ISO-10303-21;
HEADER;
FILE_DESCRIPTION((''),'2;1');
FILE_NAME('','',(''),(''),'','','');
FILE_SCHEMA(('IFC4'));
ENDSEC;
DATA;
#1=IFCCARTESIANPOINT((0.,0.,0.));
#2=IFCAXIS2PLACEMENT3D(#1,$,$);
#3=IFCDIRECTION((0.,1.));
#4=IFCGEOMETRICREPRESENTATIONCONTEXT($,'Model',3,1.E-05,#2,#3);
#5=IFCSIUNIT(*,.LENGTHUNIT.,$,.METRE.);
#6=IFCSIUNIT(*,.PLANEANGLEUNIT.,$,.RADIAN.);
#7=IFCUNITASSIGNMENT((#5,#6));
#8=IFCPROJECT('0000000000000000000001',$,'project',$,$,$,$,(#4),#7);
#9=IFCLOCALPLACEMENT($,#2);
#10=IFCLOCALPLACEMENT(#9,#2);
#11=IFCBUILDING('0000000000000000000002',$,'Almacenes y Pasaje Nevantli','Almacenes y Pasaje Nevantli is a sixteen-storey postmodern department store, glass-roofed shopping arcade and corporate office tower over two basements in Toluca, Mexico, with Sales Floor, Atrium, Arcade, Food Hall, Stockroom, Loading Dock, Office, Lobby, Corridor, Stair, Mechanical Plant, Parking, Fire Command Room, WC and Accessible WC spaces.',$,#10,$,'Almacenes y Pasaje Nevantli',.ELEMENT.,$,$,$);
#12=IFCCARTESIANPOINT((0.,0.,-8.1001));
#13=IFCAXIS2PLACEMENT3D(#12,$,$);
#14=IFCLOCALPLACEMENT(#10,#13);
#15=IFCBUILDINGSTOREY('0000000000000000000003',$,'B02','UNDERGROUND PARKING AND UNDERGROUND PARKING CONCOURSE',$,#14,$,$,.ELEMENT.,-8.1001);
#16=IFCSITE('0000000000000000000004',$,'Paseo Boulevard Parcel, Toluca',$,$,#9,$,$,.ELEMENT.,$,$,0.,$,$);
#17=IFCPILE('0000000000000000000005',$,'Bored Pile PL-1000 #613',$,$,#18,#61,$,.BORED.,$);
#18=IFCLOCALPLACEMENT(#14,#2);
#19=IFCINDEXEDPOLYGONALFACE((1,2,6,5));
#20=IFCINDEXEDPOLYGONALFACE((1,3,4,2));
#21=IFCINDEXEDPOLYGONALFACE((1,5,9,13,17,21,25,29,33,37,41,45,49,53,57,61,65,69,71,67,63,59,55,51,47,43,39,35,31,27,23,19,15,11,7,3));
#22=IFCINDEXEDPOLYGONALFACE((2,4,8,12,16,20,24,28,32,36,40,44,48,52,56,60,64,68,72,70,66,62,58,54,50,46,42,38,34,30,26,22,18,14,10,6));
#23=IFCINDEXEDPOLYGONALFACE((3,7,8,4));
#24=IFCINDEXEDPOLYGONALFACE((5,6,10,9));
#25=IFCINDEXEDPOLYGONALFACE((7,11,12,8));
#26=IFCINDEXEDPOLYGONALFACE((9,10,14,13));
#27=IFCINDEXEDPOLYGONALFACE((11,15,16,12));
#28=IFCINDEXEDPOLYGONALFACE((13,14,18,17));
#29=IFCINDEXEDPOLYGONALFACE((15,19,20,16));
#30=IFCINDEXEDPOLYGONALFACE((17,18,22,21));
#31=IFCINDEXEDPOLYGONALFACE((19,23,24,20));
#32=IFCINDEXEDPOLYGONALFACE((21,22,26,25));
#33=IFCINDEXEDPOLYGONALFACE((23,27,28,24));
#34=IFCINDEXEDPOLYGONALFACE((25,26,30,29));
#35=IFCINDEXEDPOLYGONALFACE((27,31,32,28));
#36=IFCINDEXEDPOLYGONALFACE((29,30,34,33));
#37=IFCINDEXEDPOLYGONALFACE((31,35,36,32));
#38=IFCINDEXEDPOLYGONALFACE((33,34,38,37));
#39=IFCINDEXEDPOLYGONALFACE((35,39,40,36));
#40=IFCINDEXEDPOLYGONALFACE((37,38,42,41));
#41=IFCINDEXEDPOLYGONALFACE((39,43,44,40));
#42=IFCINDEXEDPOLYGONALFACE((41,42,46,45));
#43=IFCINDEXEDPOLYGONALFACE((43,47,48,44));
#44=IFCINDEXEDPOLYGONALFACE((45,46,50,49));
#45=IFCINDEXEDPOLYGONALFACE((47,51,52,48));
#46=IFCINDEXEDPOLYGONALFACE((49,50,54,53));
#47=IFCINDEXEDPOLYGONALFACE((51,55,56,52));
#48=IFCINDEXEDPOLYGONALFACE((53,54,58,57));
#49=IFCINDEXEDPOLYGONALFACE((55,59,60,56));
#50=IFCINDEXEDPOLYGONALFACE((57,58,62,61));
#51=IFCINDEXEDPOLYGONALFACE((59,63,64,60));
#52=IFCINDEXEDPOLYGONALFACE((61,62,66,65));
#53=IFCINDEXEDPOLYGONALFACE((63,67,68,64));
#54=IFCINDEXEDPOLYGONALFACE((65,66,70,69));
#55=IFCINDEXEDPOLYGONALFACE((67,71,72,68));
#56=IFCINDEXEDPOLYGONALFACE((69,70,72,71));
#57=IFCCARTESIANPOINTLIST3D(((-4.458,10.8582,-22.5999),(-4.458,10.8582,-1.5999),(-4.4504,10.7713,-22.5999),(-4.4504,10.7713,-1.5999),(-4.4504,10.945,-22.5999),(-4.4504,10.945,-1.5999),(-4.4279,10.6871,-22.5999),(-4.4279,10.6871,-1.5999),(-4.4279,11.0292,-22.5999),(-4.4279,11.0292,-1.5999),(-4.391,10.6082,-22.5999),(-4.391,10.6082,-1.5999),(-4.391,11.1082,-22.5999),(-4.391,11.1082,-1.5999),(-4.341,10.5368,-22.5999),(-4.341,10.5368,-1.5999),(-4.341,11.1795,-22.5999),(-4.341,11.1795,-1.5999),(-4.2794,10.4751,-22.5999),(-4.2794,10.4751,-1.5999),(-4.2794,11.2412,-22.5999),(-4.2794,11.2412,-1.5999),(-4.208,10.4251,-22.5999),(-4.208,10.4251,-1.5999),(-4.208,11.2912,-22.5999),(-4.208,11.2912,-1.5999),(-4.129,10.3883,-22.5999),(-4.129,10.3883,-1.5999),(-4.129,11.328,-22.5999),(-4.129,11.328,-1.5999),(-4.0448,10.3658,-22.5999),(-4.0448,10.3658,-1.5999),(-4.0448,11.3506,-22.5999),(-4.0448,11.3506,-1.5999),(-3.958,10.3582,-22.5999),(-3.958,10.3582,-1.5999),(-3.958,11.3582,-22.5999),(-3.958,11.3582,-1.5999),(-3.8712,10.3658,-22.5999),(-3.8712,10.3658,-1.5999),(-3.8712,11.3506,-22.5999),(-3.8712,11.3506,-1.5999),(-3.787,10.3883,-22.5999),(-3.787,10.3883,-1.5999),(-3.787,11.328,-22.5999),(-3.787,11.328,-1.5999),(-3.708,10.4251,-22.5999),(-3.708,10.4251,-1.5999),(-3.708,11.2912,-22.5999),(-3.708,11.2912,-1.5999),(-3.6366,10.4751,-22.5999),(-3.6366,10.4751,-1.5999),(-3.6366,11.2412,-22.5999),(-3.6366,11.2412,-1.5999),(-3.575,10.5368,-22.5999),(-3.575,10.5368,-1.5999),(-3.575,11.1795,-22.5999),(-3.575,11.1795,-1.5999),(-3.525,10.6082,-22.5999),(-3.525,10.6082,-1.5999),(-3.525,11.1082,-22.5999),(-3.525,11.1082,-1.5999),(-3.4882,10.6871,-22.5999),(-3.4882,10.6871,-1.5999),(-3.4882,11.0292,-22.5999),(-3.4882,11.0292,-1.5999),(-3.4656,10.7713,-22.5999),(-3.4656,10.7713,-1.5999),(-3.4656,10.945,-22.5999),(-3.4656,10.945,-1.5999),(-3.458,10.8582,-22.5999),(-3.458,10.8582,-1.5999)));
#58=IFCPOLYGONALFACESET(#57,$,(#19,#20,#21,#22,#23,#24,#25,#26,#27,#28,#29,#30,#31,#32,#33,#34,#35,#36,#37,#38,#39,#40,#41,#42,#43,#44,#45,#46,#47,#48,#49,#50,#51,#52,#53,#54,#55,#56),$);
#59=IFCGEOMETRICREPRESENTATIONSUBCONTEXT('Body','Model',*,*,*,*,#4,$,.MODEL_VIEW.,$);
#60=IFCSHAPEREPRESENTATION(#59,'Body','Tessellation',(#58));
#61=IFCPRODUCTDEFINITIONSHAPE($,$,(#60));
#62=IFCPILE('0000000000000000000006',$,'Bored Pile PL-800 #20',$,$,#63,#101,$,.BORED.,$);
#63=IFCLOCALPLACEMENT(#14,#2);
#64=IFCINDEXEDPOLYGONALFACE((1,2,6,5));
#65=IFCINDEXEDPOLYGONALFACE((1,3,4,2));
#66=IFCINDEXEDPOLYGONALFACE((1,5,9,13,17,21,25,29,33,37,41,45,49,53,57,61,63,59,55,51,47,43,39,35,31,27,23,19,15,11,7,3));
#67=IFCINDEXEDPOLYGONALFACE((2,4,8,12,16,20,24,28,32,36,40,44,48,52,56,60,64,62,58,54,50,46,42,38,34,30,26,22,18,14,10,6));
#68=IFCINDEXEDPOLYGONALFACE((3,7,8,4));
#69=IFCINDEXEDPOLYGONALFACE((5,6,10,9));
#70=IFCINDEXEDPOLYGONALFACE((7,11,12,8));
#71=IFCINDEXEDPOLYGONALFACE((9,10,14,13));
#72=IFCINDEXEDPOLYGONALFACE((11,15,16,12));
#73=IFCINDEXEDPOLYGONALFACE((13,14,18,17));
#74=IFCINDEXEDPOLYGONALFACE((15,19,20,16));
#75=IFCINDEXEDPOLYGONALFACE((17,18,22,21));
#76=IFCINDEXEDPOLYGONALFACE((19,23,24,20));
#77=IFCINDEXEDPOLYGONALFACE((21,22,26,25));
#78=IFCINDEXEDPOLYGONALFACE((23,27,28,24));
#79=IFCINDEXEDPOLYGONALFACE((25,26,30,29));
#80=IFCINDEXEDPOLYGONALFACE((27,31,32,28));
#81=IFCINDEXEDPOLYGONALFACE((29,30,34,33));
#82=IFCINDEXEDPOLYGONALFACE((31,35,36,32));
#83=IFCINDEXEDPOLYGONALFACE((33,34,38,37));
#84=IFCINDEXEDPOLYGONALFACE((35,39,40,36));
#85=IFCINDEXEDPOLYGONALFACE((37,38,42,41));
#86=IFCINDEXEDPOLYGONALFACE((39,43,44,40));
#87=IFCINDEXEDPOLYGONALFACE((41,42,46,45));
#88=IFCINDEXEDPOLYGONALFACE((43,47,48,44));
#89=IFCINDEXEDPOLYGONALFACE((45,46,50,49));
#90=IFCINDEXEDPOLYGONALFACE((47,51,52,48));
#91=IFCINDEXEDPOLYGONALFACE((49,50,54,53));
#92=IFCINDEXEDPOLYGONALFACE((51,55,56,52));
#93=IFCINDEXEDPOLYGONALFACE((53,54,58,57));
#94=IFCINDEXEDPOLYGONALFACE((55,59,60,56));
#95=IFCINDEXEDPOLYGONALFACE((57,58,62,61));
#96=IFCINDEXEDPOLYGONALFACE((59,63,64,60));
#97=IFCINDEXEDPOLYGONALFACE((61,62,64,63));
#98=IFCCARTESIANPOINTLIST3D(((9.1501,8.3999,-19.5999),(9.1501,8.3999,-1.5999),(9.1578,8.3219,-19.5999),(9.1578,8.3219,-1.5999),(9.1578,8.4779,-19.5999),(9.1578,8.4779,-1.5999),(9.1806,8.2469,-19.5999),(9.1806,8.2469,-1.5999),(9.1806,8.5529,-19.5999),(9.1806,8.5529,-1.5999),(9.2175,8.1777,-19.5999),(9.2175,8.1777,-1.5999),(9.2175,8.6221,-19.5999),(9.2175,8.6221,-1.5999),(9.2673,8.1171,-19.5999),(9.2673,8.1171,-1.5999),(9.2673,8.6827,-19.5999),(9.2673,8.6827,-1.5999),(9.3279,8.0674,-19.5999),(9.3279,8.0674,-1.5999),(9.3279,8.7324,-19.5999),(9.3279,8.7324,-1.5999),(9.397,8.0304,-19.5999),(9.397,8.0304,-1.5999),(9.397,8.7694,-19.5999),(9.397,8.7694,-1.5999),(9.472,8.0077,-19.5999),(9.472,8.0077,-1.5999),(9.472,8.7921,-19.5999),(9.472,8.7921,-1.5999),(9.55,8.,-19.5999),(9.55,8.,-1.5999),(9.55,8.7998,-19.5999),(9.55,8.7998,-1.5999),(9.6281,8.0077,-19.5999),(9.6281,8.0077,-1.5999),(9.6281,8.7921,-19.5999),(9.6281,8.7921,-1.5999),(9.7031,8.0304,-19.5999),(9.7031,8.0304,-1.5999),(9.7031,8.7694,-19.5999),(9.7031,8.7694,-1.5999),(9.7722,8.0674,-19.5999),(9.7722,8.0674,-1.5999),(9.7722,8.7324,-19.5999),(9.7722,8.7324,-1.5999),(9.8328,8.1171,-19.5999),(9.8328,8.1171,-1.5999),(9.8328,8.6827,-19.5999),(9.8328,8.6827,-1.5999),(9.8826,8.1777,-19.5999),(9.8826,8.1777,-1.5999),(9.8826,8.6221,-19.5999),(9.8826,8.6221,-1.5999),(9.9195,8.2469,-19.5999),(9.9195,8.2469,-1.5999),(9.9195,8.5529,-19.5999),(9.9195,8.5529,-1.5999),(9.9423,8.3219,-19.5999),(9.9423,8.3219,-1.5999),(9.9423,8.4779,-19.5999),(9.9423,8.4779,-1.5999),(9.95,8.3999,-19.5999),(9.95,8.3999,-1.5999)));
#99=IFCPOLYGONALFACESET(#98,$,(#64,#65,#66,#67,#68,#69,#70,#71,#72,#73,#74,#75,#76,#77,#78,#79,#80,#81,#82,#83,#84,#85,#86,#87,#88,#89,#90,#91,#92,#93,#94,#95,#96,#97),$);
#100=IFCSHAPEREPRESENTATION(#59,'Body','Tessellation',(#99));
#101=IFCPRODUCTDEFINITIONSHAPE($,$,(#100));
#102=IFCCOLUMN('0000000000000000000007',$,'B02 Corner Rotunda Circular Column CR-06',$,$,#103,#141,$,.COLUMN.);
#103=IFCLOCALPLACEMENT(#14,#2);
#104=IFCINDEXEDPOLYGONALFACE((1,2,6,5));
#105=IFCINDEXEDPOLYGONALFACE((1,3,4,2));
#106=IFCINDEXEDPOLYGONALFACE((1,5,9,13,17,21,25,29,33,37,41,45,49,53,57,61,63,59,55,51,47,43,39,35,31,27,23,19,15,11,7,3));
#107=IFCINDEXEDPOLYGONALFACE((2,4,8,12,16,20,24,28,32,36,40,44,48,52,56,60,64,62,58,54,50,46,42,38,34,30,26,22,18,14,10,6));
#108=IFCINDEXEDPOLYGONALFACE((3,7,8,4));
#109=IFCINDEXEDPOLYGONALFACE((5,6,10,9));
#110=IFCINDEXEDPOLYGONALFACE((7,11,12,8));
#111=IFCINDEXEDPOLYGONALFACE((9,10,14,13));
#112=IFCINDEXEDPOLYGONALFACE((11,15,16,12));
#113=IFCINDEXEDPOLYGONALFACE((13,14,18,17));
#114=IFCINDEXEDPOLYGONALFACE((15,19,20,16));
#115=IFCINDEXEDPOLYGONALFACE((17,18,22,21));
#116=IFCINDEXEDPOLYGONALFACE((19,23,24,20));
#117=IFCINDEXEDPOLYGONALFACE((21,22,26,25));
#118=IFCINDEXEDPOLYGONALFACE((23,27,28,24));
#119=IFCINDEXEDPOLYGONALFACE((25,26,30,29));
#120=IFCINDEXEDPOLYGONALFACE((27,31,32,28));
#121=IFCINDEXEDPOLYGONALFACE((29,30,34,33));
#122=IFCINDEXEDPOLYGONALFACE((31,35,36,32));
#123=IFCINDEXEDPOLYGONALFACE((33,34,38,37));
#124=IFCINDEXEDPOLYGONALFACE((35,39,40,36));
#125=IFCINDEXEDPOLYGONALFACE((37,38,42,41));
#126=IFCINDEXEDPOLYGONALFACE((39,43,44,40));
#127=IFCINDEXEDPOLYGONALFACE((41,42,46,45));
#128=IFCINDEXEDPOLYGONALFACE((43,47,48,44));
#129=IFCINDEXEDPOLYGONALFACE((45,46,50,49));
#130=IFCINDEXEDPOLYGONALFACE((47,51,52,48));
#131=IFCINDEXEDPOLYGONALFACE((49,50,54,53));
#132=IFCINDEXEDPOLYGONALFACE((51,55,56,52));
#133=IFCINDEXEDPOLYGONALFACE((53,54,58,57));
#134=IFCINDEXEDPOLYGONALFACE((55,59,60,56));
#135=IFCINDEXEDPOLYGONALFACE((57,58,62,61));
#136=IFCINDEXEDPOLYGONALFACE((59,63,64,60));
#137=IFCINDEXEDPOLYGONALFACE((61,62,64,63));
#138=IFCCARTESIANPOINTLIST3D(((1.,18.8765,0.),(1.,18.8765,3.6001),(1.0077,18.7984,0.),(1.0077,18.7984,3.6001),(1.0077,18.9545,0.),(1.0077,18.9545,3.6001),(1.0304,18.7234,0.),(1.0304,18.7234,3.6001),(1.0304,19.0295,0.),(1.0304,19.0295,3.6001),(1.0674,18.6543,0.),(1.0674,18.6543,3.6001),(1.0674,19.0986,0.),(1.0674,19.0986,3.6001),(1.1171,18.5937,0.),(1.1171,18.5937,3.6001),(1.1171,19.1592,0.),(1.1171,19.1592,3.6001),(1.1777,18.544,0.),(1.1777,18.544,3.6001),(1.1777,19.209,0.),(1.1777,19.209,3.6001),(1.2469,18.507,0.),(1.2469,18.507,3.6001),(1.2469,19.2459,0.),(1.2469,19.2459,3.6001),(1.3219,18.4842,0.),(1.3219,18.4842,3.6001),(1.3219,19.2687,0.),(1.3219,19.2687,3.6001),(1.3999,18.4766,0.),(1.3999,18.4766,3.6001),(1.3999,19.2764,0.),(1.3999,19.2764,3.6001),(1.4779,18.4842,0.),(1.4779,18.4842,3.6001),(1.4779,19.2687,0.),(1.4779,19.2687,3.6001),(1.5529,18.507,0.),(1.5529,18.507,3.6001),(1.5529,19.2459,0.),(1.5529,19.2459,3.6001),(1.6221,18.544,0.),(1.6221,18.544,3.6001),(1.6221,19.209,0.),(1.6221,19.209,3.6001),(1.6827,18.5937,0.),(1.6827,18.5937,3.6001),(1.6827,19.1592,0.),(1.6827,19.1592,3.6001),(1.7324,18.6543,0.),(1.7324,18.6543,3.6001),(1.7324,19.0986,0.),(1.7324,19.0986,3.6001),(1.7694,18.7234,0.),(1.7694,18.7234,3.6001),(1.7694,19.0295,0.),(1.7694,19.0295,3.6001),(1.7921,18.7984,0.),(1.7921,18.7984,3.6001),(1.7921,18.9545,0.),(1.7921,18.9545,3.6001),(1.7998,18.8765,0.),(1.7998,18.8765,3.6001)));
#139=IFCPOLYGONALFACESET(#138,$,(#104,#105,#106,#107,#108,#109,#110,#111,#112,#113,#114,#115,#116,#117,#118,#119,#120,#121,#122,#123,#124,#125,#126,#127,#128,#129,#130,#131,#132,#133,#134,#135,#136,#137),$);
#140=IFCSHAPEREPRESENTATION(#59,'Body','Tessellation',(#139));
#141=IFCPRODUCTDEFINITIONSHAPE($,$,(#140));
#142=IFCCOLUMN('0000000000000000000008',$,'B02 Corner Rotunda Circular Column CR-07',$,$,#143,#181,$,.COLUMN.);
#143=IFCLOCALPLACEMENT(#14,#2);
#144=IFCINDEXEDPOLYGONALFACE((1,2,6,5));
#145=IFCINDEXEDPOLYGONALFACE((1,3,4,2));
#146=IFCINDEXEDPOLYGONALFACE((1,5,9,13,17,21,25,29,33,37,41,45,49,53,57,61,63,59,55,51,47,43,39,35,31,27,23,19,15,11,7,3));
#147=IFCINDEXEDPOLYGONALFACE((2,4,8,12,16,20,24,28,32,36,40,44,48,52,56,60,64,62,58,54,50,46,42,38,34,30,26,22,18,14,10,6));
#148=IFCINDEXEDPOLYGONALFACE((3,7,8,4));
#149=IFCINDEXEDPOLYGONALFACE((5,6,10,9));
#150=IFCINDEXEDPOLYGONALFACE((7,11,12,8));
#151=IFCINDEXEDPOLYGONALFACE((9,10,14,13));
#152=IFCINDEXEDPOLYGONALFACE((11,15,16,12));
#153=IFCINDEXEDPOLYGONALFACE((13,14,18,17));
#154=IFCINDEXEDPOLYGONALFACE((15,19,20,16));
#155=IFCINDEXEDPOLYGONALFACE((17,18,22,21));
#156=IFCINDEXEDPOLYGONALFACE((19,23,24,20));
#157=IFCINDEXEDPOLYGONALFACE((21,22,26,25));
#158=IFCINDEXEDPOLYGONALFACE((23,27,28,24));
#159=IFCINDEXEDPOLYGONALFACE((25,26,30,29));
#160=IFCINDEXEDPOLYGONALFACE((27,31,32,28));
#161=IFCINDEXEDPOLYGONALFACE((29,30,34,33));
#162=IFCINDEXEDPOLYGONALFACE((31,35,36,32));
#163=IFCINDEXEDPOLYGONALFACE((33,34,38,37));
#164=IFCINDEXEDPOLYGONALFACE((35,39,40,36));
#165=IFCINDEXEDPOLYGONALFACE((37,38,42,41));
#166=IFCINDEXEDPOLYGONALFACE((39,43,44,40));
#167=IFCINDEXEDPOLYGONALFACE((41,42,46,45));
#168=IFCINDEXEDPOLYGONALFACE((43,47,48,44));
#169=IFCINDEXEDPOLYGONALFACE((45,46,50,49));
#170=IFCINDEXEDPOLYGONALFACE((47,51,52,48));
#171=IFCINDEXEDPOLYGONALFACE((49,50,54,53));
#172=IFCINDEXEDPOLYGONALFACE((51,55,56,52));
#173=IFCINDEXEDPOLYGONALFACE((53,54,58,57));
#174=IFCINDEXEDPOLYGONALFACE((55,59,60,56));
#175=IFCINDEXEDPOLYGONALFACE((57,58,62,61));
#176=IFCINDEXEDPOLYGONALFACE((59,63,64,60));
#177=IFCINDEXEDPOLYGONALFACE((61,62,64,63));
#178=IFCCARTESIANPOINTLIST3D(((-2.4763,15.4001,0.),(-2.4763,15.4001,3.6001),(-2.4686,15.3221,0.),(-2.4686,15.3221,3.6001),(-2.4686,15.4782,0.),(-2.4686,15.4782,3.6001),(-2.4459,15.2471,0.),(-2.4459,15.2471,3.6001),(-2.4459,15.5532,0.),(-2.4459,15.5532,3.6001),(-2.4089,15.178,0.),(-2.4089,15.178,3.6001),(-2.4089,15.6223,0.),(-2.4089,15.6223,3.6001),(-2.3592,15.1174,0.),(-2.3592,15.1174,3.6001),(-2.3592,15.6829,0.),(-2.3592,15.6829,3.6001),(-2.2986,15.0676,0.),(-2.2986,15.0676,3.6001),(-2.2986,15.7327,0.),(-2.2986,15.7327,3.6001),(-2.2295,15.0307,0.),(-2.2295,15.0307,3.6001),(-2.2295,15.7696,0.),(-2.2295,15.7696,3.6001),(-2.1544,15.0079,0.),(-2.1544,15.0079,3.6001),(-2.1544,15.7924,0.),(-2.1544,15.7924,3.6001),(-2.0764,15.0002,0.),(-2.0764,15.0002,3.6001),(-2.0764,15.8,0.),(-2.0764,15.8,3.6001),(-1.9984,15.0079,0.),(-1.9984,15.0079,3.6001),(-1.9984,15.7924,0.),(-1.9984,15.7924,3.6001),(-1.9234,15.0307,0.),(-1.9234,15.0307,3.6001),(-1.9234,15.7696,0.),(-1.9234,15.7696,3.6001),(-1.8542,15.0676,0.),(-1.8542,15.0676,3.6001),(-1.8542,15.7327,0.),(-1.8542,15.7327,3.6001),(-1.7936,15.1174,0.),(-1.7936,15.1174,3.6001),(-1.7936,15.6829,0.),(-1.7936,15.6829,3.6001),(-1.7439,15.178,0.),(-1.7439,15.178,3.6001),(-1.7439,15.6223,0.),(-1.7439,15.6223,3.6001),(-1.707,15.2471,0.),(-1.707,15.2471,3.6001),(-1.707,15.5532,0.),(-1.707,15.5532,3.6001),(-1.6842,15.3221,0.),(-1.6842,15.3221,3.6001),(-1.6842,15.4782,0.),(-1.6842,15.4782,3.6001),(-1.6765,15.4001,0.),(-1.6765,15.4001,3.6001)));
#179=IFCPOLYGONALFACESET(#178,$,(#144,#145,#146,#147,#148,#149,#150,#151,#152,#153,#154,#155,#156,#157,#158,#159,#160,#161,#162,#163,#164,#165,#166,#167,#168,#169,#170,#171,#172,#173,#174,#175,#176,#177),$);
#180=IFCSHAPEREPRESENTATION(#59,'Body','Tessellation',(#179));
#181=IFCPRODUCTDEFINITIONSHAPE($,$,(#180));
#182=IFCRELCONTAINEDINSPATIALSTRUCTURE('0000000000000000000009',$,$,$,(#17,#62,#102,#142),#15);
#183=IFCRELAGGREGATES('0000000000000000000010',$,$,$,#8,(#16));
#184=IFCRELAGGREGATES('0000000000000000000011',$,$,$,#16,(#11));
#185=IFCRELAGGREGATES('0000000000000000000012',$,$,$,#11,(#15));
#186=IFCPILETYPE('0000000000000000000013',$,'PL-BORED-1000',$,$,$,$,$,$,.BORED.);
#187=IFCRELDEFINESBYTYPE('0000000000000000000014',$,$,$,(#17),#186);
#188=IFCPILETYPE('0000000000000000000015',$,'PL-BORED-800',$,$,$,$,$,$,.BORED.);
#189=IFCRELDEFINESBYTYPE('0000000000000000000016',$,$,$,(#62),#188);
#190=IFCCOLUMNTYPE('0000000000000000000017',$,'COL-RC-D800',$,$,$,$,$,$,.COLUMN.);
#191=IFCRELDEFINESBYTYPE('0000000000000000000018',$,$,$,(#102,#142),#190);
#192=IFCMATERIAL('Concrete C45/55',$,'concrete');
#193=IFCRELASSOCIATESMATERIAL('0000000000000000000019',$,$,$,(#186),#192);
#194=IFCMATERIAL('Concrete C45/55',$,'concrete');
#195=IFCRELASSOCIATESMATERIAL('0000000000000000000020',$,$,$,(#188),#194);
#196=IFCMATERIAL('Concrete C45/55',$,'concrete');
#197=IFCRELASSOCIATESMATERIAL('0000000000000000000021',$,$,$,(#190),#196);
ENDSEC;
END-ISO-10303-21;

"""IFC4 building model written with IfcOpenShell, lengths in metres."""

from ifc_helpers import new_model, si_unit, direction, frame, origin, origin_2d, place, context, subcontext, project, spatial, circle, extrude, material, material_profile, profile_set, type_object, element, save


model = new_model("IFC4")

# Units and contexts
model_context = context("Model", 3, precision=1e-05, world=origin(), true_north=direction((0.0, 1.0)))
body_context = subcontext(model_context, "Body", "Model", "MODEL_VIEW")
ifc_project = project(units=[si_unit("LENGTHUNIT", "METRE"), si_unit("PLANEANGLEUNIT", "RADIAN")], contexts=[model_context])

# Site, building, storey
site_placement = place(None, origin())
site = spatial("IfcSite", under=ifc_project, at=site_placement, Name="Paseo Boulevard Parcel, Toluca", CompositionType="ELEMENT", RefElevation=0.0)
building_placement = place(site_placement, origin())
building = spatial("IfcBuilding", under=site, at=building_placement, Name="Almacenes y Pasaje Nevantli", Description="Almacenes y Pasaje Nevantli is a sixteen-storey postmodern department store, glass-roofed shopping arcade and corporate office tower over two basements in Toluca, Mexico, with Sales Floor, Atrium, Arcade, Food Hall, Stockroom, Loading Dock, Office, Lobby, Corridor, Stair, Mechanical Plant, Parking, Fire Command Room, WC and Accessible WC spaces.", LongName="Almacenes y Pasaje Nevantli", CompositionType="ELEMENT")
storey_placement = place(building_placement, frame((0.0, 0.0, -8.1001)))
storey = spatial("IfcBuildingStorey", under=building, at=storey_placement, Name="B02", Description="UNDERGROUND PARKING AND UNDERGROUND PARKING CONCOURSE", CompositionType="ELEMENT", Elevation=-8.1001)

# Piles
ifc_material_1 = material(Name="Concrete C45/55", Category="concrete")
ifc_material_profile_1 = material_profile(ifc_material_1, circle(Radius=0.5, at=origin_2d()), Name="RC-PILE-D1000")
ifc_profile_set_1 = profile_set([ifc_material_profile_1], Name="Concrete C45/55")
pile_type_1 = type_object("IfcPileType", Name="PL-BORED-1000", PredefinedType="BORED", material=ifc_profile_set_1)
for number, where, z_axis, x_axis, name in (
    (1, (-3.958, 10.8582, -1.5999), (0.0, 0.0, -1.0), (1.0, 0.0, 0.0), "Bored Pile PL-1000 #613"),
):
    element("IfcPile", number, at=place(storey_placement, frame(where, z_axis=z_axis, x_axis=x_axis)), inside=storey, type_object=pile_type_1, Name=name, PredefinedType="BORED", context=body_context, shape_type="SweptSolid", body=[
        extrude(circle(Radius=0.5, at=origin_2d()), origin(), (0.0, 0.0, 1.0), 21.0),
    ])
ifc_material_2 = material(Name="Concrete C45/55", Category="concrete")
ifc_material_profile_2 = material_profile(ifc_material_2, circle(Radius=0.3999, at=origin_2d()), Name="RC-PILE-D800")
ifc_profile_set_2 = profile_set([ifc_material_profile_2], Name="Concrete C45/55")
pile_type_2 = type_object("IfcPileType", Name="PL-BORED-800", PredefinedType="BORED", material=ifc_profile_set_2)
pile_placement = place(storey_placement, frame((9.55, 8.3999, -1.5999), z_axis=(0.0, 0.0, -1.0), x_axis=(1.0, 0.0, 0.0)))
element("IfcPile", 2, at=pile_placement, inside=storey, type_object=pile_type_2, Name="Bored Pile PL-800 #20", PredefinedType="BORED", context=body_context, shape_type="SweptSolid", body=[
    extrude(circle(Radius=0.3999, at=origin_2d()), origin(), (0.0, 0.0, 1.0), 18.0),
])

# Columns
ifc_material_3 = material(Name="Concrete C45/55", Category="concrete")
ifc_material_profile_3 = material_profile(ifc_material_3, circle(Radius=0.3999, at=origin_2d()), Name="RC-COL-D800")
ifc_profile_set_3 = profile_set([ifc_material_profile_3], Name="Concrete C45/55")
column_type = type_object("IfcColumnType", Name="COL-RC-D800", PredefinedType="COLUMN", material=ifc_profile_set_3)
for number, where, z_axis, x_axis, name in (
    (3, (1.3999, 18.8765, 0.0), (0.0, 0.0, 1.0), (1.0, 0.0, 0.0), "B02 Corner Rotunda Circular Column CR-06"),
    (4, (-2.0764, 15.4001, 0.0), (0.0, 0.0, 1.0), (1.0, 0.0, 0.0), "B02 Corner Rotunda Circular Column CR-07"),
):
    element("IfcColumn", number, at=place(storey_placement, frame(where, z_axis=z_axis, x_axis=x_axis)), inside=storey, type_object=column_type, Name=name, PredefinedType="COLUMN", context=body_context, shape_type="SweptSolid", body=[
        extrude(circle(Radius=0.3999, at=origin_2d()), origin(), (0.0, 0.0, 1.0), 3.6001),
    ])

save(model, "model.ifc")
